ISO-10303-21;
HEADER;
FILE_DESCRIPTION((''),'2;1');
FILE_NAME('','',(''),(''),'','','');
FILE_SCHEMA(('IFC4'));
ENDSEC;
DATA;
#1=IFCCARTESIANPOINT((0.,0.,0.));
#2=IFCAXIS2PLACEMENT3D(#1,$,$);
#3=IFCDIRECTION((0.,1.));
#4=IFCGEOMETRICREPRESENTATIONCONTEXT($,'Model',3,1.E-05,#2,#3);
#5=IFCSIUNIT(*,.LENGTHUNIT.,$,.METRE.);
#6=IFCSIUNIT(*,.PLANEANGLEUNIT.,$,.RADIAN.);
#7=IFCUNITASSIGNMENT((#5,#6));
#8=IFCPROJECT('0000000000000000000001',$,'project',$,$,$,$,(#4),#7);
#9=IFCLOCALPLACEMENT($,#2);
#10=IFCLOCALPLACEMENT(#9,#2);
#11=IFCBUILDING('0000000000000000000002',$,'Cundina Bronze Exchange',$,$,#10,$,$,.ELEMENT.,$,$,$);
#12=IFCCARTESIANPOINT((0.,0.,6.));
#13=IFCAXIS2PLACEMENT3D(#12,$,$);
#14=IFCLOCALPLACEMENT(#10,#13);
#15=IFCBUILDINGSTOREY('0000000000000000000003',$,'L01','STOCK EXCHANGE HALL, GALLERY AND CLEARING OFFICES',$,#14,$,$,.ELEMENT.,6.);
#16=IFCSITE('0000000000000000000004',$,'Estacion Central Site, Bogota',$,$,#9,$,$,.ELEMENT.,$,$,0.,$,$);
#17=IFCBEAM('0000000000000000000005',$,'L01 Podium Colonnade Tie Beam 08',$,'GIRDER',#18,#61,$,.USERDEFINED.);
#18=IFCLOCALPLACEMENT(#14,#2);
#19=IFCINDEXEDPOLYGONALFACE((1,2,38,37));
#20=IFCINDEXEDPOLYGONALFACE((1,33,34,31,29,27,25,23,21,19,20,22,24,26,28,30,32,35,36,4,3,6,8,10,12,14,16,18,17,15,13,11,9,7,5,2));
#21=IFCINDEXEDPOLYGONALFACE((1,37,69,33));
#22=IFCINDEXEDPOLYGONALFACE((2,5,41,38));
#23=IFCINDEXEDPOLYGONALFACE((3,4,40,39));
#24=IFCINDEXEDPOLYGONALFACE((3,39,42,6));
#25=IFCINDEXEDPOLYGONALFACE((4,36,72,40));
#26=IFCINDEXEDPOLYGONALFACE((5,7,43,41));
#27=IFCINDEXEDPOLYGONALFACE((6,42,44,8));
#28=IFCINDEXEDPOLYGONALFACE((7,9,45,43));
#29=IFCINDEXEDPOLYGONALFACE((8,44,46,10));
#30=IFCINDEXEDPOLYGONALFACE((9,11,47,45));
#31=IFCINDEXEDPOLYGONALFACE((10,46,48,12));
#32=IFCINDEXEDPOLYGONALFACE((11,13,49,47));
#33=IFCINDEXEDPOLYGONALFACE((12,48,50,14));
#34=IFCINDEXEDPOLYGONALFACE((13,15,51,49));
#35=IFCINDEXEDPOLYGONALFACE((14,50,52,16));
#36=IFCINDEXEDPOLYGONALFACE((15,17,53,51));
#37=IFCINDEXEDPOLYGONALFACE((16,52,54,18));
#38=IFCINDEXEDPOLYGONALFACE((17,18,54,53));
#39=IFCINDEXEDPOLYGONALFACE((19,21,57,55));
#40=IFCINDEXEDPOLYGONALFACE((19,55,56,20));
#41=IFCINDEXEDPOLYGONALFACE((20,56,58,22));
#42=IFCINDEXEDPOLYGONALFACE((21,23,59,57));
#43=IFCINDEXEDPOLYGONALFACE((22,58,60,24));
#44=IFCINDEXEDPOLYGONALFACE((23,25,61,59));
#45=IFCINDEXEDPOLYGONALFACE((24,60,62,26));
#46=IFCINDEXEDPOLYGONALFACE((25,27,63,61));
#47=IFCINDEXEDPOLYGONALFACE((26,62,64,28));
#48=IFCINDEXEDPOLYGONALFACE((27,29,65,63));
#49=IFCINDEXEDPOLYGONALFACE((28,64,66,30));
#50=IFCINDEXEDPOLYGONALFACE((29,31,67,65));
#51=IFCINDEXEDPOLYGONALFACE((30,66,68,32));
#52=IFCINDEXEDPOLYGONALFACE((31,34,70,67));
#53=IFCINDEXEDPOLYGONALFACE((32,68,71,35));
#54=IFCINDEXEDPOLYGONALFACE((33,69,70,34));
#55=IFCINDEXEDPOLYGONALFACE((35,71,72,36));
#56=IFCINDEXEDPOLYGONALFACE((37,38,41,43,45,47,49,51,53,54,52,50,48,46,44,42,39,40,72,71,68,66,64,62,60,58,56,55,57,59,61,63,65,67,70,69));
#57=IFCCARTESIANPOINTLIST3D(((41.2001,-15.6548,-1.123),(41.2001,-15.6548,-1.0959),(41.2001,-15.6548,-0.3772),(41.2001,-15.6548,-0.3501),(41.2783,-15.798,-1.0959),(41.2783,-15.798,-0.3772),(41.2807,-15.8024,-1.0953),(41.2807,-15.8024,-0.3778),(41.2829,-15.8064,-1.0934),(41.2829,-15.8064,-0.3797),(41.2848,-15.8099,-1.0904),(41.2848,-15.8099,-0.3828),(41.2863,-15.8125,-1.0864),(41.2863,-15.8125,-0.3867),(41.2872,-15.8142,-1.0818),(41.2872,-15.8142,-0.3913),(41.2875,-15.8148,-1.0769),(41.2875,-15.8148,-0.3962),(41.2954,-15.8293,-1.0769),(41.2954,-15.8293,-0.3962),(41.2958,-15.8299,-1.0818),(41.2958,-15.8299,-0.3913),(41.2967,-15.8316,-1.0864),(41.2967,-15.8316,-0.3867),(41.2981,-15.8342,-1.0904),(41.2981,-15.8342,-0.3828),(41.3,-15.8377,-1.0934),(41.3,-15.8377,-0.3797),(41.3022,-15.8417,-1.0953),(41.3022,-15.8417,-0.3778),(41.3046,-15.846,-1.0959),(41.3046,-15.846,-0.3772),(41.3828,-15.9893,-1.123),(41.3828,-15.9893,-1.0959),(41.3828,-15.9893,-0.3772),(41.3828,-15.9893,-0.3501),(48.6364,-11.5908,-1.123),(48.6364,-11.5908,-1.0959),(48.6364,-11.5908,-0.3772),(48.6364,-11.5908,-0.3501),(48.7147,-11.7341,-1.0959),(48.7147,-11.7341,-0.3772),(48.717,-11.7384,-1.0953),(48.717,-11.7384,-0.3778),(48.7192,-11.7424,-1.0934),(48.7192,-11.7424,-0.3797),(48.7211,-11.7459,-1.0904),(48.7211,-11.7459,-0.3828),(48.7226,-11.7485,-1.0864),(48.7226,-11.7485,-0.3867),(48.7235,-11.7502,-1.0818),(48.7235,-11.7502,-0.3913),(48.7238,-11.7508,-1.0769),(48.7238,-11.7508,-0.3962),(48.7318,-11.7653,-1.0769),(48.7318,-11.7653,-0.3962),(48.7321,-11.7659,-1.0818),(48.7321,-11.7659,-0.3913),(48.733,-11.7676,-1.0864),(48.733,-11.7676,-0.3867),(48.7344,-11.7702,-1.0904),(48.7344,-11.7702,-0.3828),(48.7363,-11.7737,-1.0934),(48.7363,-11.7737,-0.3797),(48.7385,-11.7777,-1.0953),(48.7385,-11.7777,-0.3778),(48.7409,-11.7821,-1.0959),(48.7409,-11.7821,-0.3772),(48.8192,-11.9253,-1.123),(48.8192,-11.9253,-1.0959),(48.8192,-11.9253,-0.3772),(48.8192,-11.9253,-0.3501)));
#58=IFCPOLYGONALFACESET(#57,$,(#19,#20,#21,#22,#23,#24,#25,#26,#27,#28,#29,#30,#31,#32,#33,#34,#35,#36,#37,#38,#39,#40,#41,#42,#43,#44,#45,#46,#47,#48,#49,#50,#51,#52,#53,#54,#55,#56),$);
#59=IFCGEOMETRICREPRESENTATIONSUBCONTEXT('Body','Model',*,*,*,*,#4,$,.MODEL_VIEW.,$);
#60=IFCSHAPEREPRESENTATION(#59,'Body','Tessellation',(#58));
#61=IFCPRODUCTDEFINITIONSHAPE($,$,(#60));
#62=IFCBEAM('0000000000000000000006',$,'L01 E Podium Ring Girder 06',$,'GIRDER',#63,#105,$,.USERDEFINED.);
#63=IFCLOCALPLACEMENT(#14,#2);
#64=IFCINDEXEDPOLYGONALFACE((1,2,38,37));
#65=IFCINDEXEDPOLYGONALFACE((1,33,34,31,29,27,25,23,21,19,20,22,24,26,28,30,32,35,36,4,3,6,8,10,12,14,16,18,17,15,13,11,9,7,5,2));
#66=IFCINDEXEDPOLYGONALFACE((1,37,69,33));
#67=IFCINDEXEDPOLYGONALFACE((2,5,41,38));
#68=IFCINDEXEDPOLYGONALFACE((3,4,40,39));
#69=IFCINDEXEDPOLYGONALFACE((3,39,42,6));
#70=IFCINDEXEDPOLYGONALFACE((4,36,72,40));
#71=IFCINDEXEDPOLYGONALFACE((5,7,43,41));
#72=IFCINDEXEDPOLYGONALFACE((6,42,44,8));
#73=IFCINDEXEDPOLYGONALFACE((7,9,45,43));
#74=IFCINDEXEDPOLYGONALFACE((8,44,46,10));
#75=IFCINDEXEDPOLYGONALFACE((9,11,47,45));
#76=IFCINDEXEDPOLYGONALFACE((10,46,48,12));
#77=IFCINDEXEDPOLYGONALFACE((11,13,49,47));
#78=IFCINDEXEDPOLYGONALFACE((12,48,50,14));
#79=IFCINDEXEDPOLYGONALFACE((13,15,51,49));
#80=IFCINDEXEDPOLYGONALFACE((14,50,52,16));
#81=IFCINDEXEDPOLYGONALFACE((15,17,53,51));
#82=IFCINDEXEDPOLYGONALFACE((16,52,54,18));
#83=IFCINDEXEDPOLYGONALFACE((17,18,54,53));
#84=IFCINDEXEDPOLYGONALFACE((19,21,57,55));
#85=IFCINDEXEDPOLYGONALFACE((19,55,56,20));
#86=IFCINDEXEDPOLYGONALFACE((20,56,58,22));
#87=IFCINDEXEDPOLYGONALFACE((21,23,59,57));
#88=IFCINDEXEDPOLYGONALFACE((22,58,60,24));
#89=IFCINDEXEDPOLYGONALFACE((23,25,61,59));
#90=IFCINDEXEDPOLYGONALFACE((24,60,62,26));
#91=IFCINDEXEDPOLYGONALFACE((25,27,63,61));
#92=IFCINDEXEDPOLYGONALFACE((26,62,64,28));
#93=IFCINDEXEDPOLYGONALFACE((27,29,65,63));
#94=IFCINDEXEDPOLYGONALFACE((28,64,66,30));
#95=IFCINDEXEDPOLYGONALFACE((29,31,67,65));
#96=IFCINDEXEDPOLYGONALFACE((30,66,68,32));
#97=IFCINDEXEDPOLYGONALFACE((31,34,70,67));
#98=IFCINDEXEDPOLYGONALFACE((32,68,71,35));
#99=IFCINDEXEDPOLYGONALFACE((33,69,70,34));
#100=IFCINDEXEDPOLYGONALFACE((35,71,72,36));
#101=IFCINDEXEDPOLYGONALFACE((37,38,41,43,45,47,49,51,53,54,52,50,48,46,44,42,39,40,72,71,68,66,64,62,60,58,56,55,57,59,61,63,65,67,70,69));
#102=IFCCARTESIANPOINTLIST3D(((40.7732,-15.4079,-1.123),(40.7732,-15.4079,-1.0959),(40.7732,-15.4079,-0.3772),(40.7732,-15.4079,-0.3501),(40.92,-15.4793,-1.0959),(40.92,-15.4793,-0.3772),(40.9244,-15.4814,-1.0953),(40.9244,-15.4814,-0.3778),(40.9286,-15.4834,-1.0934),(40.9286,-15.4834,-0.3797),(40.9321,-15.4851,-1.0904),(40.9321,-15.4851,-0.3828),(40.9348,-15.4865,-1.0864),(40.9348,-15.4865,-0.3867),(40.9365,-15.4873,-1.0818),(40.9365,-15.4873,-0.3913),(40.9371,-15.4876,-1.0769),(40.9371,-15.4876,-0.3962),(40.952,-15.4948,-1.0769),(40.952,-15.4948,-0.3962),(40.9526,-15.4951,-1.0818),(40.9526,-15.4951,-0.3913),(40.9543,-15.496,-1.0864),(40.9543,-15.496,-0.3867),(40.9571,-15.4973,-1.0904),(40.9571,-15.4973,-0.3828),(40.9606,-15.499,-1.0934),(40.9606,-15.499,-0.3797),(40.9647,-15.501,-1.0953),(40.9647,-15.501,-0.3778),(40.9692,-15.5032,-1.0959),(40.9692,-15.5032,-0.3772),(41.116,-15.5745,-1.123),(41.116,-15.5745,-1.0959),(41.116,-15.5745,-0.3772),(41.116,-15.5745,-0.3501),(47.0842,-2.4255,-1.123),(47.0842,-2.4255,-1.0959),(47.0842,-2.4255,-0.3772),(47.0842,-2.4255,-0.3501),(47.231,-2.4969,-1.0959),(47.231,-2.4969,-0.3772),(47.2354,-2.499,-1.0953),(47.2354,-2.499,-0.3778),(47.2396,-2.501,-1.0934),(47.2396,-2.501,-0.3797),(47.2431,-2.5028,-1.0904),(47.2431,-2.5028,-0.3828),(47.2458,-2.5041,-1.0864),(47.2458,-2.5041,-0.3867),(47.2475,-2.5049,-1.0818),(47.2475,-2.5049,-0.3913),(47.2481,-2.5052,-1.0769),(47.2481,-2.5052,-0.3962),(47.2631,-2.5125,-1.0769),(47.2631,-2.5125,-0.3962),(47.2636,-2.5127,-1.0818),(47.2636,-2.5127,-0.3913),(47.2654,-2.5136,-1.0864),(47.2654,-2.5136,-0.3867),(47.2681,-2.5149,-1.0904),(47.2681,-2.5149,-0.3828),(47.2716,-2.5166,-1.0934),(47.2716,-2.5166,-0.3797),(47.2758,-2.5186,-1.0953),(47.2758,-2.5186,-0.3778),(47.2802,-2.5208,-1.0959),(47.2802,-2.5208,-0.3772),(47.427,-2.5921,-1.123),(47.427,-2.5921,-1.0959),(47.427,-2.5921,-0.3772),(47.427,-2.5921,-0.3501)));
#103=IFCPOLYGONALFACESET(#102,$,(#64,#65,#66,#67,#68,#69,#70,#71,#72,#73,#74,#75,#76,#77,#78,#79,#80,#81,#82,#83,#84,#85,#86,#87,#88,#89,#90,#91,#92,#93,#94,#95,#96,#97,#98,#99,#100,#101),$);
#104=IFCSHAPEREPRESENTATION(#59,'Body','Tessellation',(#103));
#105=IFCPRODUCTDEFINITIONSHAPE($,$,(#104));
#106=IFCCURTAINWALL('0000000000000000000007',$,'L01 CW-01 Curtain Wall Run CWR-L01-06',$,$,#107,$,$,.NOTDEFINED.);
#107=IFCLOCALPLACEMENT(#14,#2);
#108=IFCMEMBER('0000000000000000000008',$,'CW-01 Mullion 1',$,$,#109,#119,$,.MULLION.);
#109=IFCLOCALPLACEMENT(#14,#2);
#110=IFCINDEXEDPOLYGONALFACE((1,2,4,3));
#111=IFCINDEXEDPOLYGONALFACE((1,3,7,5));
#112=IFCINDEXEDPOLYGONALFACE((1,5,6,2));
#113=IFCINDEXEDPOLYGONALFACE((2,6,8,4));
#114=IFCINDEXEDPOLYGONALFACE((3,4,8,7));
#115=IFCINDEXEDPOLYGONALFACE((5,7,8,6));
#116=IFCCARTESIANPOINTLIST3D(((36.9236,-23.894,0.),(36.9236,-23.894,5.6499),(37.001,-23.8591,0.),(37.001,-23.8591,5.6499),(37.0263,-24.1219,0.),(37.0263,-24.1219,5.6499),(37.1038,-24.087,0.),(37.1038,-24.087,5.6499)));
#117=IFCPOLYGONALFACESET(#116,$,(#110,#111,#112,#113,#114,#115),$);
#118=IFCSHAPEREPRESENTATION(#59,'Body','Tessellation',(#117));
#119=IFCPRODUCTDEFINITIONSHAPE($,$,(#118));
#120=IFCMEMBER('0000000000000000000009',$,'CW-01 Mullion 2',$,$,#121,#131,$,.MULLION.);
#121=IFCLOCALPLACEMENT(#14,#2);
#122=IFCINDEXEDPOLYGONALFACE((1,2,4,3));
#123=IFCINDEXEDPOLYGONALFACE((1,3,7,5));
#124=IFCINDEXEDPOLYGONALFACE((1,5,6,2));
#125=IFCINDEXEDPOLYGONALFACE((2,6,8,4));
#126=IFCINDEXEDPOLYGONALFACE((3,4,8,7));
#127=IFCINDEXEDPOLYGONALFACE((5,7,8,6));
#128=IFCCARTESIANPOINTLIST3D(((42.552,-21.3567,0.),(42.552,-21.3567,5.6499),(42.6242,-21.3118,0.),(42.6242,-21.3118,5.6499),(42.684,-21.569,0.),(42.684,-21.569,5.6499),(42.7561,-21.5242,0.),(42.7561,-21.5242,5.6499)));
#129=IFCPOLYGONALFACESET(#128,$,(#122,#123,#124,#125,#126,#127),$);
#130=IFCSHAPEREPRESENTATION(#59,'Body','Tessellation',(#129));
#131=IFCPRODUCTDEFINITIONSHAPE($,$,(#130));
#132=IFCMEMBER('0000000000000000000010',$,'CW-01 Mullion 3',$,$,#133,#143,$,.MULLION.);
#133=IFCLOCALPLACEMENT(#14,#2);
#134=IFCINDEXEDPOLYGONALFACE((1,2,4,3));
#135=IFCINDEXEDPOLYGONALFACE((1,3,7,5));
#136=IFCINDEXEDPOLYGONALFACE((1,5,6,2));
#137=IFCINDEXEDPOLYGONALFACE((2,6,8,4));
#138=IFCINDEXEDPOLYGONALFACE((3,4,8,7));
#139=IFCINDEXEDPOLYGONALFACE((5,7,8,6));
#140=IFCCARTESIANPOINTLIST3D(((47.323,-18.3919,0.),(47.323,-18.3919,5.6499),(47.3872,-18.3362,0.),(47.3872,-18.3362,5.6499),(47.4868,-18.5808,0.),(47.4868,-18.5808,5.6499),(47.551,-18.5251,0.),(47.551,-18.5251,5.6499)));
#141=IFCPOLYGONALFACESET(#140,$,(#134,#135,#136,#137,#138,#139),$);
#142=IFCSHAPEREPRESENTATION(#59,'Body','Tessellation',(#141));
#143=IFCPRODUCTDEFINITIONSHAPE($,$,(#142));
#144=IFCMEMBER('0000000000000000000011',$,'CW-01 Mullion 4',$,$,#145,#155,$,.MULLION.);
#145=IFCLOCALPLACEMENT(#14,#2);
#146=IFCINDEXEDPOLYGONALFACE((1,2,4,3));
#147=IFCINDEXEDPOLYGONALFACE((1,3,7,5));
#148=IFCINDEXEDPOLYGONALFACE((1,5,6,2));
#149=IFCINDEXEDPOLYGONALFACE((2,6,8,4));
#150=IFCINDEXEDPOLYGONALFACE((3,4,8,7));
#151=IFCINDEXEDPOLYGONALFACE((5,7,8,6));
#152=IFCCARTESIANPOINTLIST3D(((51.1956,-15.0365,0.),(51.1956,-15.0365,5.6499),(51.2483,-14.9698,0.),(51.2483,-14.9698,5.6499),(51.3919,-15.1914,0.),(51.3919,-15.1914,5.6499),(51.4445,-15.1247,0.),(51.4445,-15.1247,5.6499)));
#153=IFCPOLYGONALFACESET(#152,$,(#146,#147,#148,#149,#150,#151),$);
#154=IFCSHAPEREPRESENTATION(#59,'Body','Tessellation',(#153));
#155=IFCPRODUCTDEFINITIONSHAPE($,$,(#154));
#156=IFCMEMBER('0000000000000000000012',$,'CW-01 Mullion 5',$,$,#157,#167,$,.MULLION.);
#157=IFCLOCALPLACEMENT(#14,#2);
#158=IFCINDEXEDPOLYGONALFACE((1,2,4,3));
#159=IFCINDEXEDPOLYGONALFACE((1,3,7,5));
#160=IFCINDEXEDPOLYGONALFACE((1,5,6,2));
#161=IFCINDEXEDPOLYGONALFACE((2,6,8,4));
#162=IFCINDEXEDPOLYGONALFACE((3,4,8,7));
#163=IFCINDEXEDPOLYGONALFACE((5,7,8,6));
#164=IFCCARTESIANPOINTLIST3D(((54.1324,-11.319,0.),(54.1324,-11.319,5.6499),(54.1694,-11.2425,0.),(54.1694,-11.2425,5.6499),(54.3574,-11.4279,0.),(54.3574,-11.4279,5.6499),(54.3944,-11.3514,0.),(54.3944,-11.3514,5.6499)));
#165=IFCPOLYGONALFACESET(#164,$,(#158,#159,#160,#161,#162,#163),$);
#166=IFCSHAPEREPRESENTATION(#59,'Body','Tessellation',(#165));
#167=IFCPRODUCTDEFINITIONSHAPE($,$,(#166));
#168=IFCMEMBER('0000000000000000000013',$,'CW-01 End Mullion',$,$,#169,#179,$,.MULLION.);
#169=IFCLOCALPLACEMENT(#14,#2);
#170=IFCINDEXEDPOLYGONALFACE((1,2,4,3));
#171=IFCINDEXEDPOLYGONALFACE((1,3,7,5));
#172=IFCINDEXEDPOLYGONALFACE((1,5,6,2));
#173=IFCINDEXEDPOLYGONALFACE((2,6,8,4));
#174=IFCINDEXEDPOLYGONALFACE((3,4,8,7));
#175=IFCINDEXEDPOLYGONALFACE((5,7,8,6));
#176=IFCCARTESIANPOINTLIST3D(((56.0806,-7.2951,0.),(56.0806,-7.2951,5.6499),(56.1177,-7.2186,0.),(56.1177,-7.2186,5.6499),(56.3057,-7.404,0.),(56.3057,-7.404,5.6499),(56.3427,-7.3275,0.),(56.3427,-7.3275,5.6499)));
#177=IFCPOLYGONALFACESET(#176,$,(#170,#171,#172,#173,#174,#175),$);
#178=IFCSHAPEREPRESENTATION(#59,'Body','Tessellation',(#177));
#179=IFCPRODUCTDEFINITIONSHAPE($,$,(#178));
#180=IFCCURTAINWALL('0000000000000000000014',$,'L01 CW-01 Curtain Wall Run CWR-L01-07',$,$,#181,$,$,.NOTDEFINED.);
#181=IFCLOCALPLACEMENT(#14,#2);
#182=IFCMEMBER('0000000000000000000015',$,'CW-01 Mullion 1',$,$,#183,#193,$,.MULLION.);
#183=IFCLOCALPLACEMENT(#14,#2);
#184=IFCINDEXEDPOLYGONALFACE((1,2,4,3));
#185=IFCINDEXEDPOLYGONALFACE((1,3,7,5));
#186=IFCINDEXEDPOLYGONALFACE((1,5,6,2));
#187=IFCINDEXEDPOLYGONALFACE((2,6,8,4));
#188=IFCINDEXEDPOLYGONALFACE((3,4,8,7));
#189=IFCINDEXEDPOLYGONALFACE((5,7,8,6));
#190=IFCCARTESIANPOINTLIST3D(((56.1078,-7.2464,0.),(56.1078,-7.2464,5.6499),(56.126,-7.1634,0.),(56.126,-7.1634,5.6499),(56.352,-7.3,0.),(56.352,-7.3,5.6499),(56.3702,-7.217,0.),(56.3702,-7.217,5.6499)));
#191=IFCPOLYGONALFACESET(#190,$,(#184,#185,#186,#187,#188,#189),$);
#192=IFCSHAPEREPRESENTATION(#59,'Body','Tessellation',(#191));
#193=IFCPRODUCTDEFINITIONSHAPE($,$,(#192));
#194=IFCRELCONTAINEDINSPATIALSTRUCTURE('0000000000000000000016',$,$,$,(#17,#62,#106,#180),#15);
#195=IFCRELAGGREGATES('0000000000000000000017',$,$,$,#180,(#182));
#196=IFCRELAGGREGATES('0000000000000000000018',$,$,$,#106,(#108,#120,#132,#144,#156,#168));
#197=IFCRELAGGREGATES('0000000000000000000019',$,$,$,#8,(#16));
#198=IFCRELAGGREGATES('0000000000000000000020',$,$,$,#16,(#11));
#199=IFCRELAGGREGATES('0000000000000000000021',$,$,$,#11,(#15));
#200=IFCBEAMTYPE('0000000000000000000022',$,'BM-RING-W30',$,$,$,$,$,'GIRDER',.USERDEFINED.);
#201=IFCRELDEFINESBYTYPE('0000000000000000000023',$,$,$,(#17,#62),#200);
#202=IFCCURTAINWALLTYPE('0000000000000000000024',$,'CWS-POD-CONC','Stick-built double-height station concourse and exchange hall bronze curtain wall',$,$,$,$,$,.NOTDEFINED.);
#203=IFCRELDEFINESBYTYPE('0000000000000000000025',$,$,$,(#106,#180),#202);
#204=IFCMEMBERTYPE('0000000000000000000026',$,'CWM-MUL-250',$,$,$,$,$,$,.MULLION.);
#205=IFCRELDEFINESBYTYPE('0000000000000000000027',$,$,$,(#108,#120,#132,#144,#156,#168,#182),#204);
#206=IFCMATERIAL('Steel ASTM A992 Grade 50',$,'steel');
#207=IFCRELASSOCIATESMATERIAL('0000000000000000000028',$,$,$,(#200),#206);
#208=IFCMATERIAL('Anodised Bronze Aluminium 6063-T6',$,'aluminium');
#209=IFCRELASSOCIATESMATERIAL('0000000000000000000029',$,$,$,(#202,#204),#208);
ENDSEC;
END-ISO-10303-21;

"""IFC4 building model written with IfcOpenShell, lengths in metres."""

from ifc_helpers import new_model, si_unit, direction, frame, origin, origin_2d, place, context, subcontext, project, spatial, rectangle, i_section, extrude, material, material_profile, profile_set, type_object, element, aggregate, save


model = new_model("IFC4")

# Units and contexts
model_context = context("Model", 3, precision=1e-05, world=origin(), true_north=direction((0.0, 1.0)))
body_context = subcontext(model_context, "Body", "Model", "MODEL_VIEW")
ifc_project = project(units=[si_unit("LENGTHUNIT", "METRE"), si_unit("PLANEANGLEUNIT", "RADIAN")], contexts=[model_context])

# Site, building, storey
site_placement = place(None, origin())
site = spatial("IfcSite", under=ifc_project, at=site_placement, Name="Estacion Central Site, Bogota", CompositionType="ELEMENT", RefElevation=0.0)
building_placement = place(site_placement, origin())
building = spatial("IfcBuilding", under=site, at=building_placement, Name="Cundina Bronze Exchange", CompositionType="ELEMENT")
storey_placement = place(building_placement, frame((0.0, 0.0, 6.0)))
storey = spatial("IfcBuildingStorey", under=building, at=storey_placement, Name="L01", Description="STOCK EXCHANGE HALL, GALLERY AND CLEARING OFFICES", CompositionType="ELEMENT", Elevation=6.0)

# Beams
ifc_material_1 = material(Name="Steel ASTM A992 Grade 50", Category="steel")
ifc_material_profile_1 = material_profile(ifc_material_1, i_section(OverallWidth=0.3811, OverallDepth=0.7729, WebThickness=0.0166, FlangeThickness=0.0271, FilletRadius=0.019, at=origin_2d()), Name="W30X173", Category="steel")
ifc_profile_set_1 = profile_set([ifc_material_profile_1], Name="Steel ASTM A992 Grade 50")
beam_type_1 = type_object("IfcBeamType", Name="BM-RING-W30", ElementType="GIRDER", PredefinedType="USERDEFINED", material=ifc_profile_set_1)
beam_1_placement = place(storey_placement, frame((48.7278, -11.7581, -0.7366), z_axis=(-0.877508, -0.479562, 0.0), x_axis=(0.479562, -0.877508, 0.0)))
element("IfcBeam", 1, at=beam_1_placement, inside=storey, type_object=beam_type_1, Name="L01 Podium Colonnade Tie Beam 08", ObjectType="GIRDER", PredefinedType="USERDEFINED", context=body_context, shape_type="SweptSolid", body=[
    extrude(i_section(OverallWidth=0.3811, OverallDepth=0.7729, WebThickness=0.0166, FlangeThickness=0.0271, FilletRadius=0.019, at=origin_2d()), origin(), (0.0, 0.0, 1.0), 8.4744),
])
beam_2_placement = place(storey_placement, frame((40.9446, -15.4912, -0.7366), z_axis=(0.4372, 0.899364, 0.0), x_axis=(-0.899364, 0.4372, 0.0)))
element("IfcBeam", 2, at=beam_2_placement, inside=storey, type_object=beam_type_1, Name="L01 E Podium Ring Girder 06", ObjectType="GIRDER", PredefinedType="USERDEFINED", context=body_context, shape_type="SweptSolid", body=[
    extrude(i_section(OverallWidth=0.3811, OverallDepth=0.7729, WebThickness=0.0166, FlangeThickness=0.0271, FilletRadius=0.019, at=origin_2d()), origin(), (0.0, 0.0, 1.0), 14.4351),
])

# Curtain wall, members
ifc_material_2 = material(Name="Anodised Bronze Aluminium 6063-T6", Category="aluminium")
curtain_wall_type = type_object("IfcCurtainWallType", Name="CWS-POD-CONC", Description="Stick-built double-height station concourse and exchange hall bronze curtain wall", PredefinedType="NOTDEFINED", material=ifc_material_2)
curtain_wall_1_placement = place(storey_placement, origin())
curtain_wall_1 = element("IfcCurtainWall", 3, at=curtain_wall_1_placement, inside=storey, type_object=curtain_wall_type, Name="L01 CW-01 Curtain Wall Run CWR-L01-06", PredefinedType="NOTDEFINED")
ifc_material_profile_2 = material_profile(ifc_material_2, rectangle(XDim=0.085, YDim=0.25, at=origin_2d()), Name="AL85X250", Category="aluminium")
ifc_profile_set_2 = profile_set([ifc_material_profile_2], Name="Anodised Bronze Aluminium 6063-T6")
member_type_1 = type_object("IfcMemberType", Name="CWM-MUL-250", PredefinedType="MULLION", material=ifc_profile_set_2)
member_1_placement = place(storey_placement, frame((37.0137, -23.9905, 0.0), z_axis=(0.0, 0.0, 1.0), x_axis=(0.911619, 0.411037, 0.0)))
member_1 = element("IfcMember", 4, at=member_1_placement, type_object=member_type_1, Name="CW-01 Mullion 1", PredefinedType="MULLION", context=body_context, shape_type="SweptSolid", body=[
    extrude(rectangle(XDim=0.085, YDim=0.25, at=origin_2d()), origin(), (0.0, 0.0, 1.0), 5.6499),
])
member_2_placement = place(storey_placement, frame((42.6541, -21.4404, 0.0), z_axis=(0.0, 0.0, 1.0), x_axis=(0.84934, 0.527846, 0.0)))
member_2 = element("IfcMember", 5, at=member_2_placement, type_object=member_type_1, Name="CW-01 Mullion 2", PredefinedType="MULLION", context=body_context, shape_type="SweptSolid", body=[
    extrude(rectangle(XDim=0.085, YDim=0.25, at=origin_2d()), origin(), (0.0, 0.0, 1.0), 5.6499),
])
member_3_placement = place(storey_placement, frame((47.437, -18.4585, 0.0), z_axis=(0.0, 0.0, 1.0), x_axis=(0.755511, 0.655136, 0.0)))
member_3 = element("IfcMember", 6, at=member_3_placement, type_object=member_type_1, Name="CW-01 Mullion 3", PredefinedType="MULLION", context=body_context, shape_type="SweptSolid", body=[
    extrude(rectangle(XDim=0.085, YDim=0.25, at=origin_2d()), origin(), (0.0, 0.0, 1.0), 5.6499),
])
member_4_placement = place(storey_placement, frame((51.3201, -15.0806, 0.0), z_axis=(0.0, 0.0, 1.0), x_axis=(0.619505, 0.784993, 0.0)))
member_4 = element("IfcMember", 7, at=member_4_placement, type_object=member_type_1, Name="CW-01 Mullion 4", PredefinedType="MULLION", context=body_context, shape_type="SweptSolid", body=[
    extrude(rectangle(XDim=0.085, YDim=0.25, at=origin_2d()), origin(), (0.0, 0.0, 1.0), 5.6499),
])
member_5_placement = place(storey_placement, frame((54.2634, -11.3352, 0.0), z_axis=(0.0, 0.0, 1.0), x_axis=(0.435702, 0.900091, 0.0)))
member_5 = element("IfcMember", 8, at=member_5_placement, type_object=member_type_1, Name="CW-01 Mullion 5", PredefinedType="MULLION", context=body_context, shape_type="SweptSolid", body=[
    extrude(rectangle(XDim=0.085, YDim=0.25, at=origin_2d()), origin(), (0.0, 0.0, 1.0), 5.6499),
])
member_6_placement = place(storey_placement, frame((56.2117, -7.3113, 0.0), z_axis=(0.0, 0.0, 1.0), x_axis=(0.435702, 0.900091, 0.0)))
member_6 = element("IfcMember", 9, at=member_6_placement, type_object=member_type_1, Name="CW-01 End Mullion", PredefinedType="MULLION", context=body_context, shape_type="SweptSolid", body=[
    extrude(rectangle(XDim=0.085, YDim=0.25, at=origin_2d()), origin(), (0.0, 0.0, 1.0), 5.6499),
])

# Curtain wall, member
curtain_wall_2_placement = place(storey_placement, origin())
curtain_wall_2 = element("IfcCurtainWall", 10, at=curtain_wall_2_placement, inside=storey, type_object=curtain_wall_type, Name="L01 CW-01 Curtain Wall Run CWR-L01-07", PredefinedType="NOTDEFINED")
member_7_placement = place(storey_placement, frame((56.239, -7.2317, 0.0), z_axis=(0.0, 0.0, 1.0), x_axis=(0.214565, 0.97671, 0.0)))
member_7 = element("IfcMember", 11, at=member_7_placement, type_object=member_type_1, Name="CW-01 Mullion 1", PredefinedType="MULLION", context=body_context, shape_type="SweptSolid", body=[
    extrude(rectangle(XDim=0.085, YDim=0.25, at=origin_2d()), origin(), (0.0, 0.0, 1.0), 5.6499),
])

aggregate(curtain_wall_2, [member_7])
aggregate(curtain_wall_1, [member_1, member_2, member_3, member_4, member_5, member_6])

save(model, "model.ifc")
